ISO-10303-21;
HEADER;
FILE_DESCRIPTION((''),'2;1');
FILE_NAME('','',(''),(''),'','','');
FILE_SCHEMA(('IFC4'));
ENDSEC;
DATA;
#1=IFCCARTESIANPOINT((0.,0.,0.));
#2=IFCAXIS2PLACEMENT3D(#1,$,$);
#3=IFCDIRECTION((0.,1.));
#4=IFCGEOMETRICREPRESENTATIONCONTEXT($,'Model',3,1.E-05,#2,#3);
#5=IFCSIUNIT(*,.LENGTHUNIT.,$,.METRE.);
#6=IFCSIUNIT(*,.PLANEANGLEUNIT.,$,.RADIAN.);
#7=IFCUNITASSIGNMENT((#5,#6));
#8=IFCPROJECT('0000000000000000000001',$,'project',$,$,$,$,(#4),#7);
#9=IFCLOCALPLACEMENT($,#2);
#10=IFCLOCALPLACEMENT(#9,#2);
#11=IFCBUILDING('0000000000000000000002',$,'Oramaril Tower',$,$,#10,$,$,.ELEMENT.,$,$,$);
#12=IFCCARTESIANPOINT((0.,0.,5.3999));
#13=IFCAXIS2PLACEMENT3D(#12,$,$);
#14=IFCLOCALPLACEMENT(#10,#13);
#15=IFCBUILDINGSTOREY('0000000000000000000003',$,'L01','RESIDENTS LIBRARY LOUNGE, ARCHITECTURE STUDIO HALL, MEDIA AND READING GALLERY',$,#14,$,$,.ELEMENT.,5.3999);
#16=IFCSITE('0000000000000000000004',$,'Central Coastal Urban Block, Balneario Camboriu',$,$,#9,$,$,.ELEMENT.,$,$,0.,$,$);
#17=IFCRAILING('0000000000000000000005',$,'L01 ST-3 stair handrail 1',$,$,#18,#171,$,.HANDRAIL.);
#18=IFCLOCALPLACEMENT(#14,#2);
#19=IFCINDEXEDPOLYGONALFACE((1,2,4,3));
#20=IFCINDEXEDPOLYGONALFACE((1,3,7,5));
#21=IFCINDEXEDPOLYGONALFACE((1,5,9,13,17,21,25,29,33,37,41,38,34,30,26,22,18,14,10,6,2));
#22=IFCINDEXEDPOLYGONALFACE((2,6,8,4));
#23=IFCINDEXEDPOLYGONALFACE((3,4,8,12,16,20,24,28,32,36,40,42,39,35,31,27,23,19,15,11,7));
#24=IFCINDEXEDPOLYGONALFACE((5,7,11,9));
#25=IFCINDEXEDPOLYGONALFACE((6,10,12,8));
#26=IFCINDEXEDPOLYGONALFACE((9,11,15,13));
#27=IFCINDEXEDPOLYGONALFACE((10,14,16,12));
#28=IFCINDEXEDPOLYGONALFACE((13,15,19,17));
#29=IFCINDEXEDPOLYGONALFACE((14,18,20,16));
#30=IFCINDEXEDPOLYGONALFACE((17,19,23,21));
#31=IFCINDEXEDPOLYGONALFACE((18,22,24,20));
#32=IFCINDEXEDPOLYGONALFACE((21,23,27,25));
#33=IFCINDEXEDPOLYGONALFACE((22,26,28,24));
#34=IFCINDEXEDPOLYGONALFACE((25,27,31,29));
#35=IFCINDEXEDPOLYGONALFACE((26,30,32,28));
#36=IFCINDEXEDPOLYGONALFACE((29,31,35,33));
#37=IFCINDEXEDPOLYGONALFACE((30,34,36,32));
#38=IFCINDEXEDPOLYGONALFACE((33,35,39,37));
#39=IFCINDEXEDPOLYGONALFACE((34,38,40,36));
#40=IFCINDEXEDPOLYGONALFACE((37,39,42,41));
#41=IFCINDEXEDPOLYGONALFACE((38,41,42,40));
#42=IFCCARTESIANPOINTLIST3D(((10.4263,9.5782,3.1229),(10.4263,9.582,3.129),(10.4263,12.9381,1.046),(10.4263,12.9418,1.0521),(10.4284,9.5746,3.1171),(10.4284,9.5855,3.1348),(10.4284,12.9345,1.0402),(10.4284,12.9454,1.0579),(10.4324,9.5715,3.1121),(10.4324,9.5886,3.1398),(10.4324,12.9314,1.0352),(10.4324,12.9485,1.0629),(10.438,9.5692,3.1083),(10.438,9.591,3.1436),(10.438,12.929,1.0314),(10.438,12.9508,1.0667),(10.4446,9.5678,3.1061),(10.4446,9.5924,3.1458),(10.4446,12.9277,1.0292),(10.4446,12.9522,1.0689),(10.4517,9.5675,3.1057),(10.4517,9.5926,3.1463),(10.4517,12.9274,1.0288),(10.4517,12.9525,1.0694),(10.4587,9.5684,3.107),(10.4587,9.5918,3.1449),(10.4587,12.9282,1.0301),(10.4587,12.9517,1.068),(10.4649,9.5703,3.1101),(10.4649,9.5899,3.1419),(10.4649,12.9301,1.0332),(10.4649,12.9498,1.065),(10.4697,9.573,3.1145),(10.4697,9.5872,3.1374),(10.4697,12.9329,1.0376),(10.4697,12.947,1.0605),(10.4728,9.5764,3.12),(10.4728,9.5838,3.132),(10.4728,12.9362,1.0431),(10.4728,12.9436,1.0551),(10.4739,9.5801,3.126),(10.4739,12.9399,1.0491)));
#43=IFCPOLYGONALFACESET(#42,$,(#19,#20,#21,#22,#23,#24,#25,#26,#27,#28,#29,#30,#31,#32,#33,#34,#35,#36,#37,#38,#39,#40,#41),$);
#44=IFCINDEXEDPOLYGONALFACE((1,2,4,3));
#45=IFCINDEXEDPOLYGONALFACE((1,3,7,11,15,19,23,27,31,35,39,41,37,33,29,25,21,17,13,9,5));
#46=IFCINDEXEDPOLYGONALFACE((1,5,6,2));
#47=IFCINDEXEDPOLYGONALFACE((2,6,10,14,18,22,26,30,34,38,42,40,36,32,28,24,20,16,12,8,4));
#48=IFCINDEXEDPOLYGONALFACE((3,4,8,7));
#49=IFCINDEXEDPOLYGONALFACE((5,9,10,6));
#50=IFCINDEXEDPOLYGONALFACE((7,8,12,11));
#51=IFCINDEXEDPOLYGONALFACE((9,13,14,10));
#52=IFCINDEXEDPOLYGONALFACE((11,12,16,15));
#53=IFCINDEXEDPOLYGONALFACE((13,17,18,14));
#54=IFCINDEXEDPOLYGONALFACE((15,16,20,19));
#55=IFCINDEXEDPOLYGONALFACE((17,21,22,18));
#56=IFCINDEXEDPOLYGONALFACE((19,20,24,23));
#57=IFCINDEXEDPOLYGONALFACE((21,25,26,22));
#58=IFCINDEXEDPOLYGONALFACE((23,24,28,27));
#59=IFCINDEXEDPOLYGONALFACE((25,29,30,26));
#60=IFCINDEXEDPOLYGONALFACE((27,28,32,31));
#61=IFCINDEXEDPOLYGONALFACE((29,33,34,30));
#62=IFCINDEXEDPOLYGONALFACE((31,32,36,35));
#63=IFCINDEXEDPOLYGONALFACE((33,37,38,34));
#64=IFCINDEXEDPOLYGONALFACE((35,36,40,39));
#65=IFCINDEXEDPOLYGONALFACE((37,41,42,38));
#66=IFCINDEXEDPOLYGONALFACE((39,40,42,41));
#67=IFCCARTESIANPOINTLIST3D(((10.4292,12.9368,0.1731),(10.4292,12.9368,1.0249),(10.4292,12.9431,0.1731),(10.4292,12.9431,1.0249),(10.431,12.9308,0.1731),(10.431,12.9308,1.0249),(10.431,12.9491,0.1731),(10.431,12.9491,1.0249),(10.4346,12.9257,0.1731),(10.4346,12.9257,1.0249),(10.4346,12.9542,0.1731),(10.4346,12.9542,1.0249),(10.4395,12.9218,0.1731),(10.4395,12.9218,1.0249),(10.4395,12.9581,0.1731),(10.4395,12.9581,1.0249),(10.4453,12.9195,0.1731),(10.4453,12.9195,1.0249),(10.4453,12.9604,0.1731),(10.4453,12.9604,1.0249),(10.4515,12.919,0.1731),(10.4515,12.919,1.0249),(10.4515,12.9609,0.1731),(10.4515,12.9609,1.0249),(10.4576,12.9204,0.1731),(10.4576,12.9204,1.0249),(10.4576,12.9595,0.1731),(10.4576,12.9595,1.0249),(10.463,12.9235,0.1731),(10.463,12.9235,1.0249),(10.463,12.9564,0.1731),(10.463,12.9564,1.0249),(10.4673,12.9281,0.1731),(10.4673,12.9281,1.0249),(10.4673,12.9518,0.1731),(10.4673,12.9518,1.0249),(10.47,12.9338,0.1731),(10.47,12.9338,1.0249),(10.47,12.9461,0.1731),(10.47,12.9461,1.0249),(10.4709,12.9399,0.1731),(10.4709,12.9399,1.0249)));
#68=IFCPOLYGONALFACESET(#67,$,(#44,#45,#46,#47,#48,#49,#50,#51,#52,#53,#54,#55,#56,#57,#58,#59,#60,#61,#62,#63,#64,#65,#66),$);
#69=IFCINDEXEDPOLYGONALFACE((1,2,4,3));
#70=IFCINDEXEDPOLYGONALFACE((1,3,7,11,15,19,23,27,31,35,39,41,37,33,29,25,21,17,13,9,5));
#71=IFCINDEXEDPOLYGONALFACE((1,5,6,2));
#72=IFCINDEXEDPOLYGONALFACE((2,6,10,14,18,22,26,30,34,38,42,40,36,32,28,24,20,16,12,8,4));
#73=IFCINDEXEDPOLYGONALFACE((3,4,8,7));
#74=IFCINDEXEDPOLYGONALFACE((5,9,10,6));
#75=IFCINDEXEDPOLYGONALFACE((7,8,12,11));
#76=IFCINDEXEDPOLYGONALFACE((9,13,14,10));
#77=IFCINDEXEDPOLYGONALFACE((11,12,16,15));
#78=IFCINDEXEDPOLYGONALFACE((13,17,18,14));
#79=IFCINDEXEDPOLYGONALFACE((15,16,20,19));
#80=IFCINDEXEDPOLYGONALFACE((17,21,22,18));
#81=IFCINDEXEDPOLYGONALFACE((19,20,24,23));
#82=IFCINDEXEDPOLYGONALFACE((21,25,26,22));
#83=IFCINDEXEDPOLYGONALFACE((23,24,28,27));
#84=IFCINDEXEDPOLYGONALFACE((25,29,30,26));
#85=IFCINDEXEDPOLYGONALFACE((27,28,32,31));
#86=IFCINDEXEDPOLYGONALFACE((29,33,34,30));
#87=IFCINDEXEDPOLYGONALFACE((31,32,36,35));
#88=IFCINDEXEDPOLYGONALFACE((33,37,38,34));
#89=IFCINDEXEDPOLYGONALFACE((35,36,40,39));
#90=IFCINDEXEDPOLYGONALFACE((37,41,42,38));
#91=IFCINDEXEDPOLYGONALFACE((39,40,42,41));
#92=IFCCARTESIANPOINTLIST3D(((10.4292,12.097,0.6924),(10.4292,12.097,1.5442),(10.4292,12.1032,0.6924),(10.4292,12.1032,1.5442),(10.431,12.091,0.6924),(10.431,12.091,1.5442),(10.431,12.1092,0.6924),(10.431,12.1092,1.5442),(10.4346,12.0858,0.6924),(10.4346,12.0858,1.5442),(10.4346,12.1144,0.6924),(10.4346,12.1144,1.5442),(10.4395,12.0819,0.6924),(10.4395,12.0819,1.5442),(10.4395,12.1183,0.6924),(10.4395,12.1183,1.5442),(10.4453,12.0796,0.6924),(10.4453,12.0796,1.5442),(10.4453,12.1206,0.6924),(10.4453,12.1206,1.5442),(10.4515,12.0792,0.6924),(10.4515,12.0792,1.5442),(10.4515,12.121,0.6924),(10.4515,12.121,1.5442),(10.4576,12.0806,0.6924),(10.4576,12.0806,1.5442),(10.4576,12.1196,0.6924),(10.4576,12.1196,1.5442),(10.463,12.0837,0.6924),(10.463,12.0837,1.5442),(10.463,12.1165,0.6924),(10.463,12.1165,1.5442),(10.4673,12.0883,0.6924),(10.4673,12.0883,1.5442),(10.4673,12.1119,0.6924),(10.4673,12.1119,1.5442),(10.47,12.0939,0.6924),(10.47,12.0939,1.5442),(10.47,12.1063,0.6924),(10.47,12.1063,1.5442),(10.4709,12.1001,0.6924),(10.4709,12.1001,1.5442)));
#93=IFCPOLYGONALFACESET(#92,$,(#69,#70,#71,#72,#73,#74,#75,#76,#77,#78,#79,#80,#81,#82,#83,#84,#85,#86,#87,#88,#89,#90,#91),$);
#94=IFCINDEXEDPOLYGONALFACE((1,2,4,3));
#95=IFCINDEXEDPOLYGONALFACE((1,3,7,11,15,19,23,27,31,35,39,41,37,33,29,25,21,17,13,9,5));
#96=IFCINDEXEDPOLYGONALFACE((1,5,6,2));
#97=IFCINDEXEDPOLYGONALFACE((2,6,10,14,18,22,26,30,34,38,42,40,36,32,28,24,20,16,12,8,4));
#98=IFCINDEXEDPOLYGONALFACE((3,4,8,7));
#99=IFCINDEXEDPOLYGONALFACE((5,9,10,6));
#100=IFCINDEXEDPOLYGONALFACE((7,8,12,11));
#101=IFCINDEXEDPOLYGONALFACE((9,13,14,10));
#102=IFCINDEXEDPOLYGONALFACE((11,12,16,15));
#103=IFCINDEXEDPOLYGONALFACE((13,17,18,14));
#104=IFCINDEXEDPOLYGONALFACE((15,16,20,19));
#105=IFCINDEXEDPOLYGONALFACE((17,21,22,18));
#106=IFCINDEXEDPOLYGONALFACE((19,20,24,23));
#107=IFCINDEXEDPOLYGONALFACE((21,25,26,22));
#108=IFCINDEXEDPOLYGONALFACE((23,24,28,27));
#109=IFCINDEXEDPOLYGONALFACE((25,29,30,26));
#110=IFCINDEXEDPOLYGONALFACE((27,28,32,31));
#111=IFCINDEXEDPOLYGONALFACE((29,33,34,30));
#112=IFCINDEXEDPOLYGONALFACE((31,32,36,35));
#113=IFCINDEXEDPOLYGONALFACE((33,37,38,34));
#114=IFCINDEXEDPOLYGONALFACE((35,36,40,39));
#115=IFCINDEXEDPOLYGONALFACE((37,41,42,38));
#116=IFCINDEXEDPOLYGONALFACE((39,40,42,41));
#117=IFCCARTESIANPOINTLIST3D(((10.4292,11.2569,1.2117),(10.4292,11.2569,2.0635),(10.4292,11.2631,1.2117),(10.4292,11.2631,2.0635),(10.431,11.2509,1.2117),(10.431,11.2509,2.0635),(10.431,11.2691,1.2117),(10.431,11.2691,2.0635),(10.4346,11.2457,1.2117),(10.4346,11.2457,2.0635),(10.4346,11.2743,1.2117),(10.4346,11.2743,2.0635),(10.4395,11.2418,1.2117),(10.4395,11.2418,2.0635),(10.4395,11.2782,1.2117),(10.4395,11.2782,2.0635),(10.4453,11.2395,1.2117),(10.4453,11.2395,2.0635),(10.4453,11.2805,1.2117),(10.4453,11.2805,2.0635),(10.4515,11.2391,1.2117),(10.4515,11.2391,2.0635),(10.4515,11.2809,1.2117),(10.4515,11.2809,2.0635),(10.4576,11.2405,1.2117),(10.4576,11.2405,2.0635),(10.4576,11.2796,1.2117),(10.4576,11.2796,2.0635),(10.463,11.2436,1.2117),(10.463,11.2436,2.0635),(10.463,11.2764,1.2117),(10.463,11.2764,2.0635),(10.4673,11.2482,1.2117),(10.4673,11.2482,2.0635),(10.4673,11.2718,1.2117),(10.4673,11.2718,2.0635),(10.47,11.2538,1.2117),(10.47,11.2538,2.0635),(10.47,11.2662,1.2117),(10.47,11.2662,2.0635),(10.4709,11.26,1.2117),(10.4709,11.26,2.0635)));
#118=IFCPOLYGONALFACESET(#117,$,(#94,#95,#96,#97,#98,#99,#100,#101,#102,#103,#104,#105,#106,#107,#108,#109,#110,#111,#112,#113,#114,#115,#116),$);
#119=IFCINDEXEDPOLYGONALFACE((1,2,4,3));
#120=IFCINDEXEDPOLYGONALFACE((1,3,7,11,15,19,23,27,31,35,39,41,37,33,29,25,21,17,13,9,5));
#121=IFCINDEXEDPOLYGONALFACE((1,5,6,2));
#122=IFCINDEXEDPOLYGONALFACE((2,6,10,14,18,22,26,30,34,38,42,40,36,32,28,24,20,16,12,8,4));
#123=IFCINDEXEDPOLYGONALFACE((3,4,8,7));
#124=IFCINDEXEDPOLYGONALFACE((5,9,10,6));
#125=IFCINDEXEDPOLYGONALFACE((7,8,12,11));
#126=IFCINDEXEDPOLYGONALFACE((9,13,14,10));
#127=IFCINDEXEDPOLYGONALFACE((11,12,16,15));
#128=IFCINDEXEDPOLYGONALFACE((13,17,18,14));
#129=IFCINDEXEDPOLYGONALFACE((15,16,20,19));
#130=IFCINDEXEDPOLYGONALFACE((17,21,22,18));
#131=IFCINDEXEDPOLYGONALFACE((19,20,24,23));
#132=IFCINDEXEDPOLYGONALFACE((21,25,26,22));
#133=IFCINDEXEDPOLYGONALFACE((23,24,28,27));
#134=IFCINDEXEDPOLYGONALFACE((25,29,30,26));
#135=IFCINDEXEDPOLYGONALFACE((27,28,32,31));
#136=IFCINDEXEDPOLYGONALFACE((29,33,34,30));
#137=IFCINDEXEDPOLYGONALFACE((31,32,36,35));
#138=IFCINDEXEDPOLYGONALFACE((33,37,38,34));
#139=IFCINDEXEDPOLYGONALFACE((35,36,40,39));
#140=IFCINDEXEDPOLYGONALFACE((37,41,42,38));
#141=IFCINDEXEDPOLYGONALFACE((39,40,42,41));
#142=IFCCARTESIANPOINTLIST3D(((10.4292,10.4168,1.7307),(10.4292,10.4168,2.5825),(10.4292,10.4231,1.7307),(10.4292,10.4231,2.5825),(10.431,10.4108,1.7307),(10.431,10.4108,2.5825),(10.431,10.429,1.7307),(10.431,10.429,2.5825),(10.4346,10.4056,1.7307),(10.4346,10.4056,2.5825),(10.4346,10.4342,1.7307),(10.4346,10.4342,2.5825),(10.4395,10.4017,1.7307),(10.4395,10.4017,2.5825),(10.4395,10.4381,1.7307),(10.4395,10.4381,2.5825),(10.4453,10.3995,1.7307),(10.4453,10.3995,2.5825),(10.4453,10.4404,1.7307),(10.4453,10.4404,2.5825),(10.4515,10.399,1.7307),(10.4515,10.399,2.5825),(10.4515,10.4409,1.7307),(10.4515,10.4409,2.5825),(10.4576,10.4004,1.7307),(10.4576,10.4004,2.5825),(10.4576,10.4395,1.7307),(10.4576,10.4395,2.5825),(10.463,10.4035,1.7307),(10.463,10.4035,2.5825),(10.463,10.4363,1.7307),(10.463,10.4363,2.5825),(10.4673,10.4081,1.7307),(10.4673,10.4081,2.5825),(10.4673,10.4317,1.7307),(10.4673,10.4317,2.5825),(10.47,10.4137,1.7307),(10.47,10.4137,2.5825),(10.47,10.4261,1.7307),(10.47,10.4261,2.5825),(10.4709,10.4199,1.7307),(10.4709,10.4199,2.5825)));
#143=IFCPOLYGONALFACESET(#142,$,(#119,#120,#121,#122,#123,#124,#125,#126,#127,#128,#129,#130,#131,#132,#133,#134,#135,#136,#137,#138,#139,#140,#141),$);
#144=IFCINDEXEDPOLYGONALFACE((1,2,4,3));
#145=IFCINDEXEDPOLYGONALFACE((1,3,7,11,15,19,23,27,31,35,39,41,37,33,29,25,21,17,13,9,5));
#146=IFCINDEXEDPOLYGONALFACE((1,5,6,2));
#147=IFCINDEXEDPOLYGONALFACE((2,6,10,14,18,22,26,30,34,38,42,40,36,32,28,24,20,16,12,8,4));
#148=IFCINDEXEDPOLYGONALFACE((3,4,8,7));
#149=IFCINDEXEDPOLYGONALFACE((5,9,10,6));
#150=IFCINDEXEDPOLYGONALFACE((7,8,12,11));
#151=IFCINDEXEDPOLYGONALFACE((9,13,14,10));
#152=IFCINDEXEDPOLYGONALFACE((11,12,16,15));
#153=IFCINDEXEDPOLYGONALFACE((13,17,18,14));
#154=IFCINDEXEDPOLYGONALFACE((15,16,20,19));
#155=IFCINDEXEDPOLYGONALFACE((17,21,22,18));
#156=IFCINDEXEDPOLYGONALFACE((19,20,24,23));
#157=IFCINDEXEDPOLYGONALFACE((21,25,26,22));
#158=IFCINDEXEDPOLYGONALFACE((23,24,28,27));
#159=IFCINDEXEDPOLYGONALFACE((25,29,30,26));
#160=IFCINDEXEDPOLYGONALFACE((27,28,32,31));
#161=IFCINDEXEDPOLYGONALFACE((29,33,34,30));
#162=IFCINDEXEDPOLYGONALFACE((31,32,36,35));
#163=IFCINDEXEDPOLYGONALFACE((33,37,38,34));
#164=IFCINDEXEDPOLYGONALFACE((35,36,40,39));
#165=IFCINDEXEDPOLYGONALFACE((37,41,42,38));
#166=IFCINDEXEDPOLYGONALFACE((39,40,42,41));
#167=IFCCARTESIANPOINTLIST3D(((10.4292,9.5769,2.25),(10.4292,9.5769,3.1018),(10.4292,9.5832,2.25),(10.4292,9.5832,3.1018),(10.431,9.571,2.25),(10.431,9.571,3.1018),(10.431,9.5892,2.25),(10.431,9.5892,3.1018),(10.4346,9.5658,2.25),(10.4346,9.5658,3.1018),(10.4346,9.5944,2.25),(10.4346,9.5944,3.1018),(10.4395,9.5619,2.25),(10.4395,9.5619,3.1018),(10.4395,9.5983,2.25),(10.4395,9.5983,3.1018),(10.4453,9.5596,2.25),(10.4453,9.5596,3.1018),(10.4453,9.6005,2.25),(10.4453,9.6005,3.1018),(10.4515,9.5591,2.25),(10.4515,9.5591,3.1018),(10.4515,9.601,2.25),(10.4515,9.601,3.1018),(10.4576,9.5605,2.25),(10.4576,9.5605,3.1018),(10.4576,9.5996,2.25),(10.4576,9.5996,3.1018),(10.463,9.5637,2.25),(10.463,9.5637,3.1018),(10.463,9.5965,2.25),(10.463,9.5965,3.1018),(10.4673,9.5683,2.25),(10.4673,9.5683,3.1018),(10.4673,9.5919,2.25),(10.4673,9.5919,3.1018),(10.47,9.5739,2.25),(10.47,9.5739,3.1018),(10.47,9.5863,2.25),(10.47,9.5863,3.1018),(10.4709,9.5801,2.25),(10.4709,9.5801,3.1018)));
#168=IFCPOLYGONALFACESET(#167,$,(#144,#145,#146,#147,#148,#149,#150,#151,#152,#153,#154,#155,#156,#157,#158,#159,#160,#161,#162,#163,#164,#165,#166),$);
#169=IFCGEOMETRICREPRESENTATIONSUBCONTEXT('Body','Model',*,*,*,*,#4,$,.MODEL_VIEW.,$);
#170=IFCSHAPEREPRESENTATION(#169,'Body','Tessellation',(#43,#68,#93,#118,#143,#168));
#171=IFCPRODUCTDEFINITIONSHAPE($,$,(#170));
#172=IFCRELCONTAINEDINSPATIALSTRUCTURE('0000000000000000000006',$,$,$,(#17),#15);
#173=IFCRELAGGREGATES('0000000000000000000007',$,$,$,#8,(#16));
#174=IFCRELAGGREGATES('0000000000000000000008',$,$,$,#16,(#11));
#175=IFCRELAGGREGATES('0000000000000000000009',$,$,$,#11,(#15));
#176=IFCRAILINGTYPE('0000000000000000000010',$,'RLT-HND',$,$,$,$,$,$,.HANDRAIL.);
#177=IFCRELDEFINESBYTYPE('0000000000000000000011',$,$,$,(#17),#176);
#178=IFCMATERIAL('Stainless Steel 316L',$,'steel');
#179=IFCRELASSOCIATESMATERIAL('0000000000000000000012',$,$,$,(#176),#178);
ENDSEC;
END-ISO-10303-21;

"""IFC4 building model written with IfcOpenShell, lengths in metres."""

from ifc_helpers import new_model, si_unit, direction, frame, origin, origin_2d, place, context, subcontext, project, spatial, circle, extrude, material, type_object, element, save


model = new_model("IFC4")

# Units and contexts
model_context = context("Model", 3, precision=1e-05, world=origin(), true_north=direction((0.0, 1.0)))
body_context = subcontext(model_context, "Body", "Model", "MODEL_VIEW")
ifc_project = project(units=[si_unit("LENGTHUNIT", "METRE"), si_unit("PLANEANGLEUNIT", "RADIAN")], contexts=[model_context])

# Site, building, storey
site_placement = place(None, origin())
site = spatial("IfcSite", under=ifc_project, at=site_placement, Name="Central Coastal Urban Block, Balneario Camboriu", CompositionType="ELEMENT", RefElevation=0.0)
building_placement = place(site_placement, origin())
building = spatial("IfcBuilding", under=site, at=building_placement, Name="Oramaril Tower", CompositionType="ELEMENT")
storey_placement = place(building_placement, frame((0.0, 0.0, 5.3999)))
storey = spatial("IfcBuildingStorey", under=building, at=storey_placement, Name="L01", Description="RESIDENTS LIBRARY LOUNGE, ARCHITECTURE STUDIO HALL, MEDIA AND READING GALLERY", CompositionType="ELEMENT", Elevation=5.3999)

# Railing
ifc_material_1 = material(Name="Stainless Steel 316L", Category="steel")
railing_type = type_object("IfcRailingType", Name="RLT-HND", PredefinedType="HANDRAIL", material=ifc_material_1)
railing_placement = place(storey_placement, frame((10.45, 12.9399, 0.1731)))
element("IfcRailing", 1, at=railing_placement, inside=storey, type_object=railing_type, Name="L01 ST-3 stair handrail 1", PredefinedType="HANDRAIL", context=body_context, shape_type="SweptSolid", body=[
    extrude(circle(Radius=0.0239, at=origin_2d()), frame((0.0, 0.0, 0.876), z_axis=(0.0, -0.850606, 0.525803), x_axis=(1.0, 0.0, 0.0)), (0.0, 0.0, 1.0), 3.95),
    extrude(circle(Radius=0.021, at=origin_2d()), origin(), (0.0, 0.0, 1.0), 0.8518),
    extrude(circle(Radius=0.021, at=origin_2d()), frame((0.0, -0.8398, 0.5193)), (0.0, 0.0, 1.0), 0.8518),
    extrude(circle(Radius=0.021, at=origin_2d()), frame((0.0, -1.6799, 1.0386)), (0.0, 0.0, 1.0), 0.8518),
    extrude(circle(Radius=0.021, at=origin_2d()), frame((0.0, -2.52, 1.5576)), (0.0, 0.0, 1.0), 0.8518),
    extrude(circle(Radius=0.021, at=origin_2d()), frame((0.0, -3.3599, 2.0769)), (0.0, 0.0, 1.0), 0.8518),
])

save(model, "model.ifc")
